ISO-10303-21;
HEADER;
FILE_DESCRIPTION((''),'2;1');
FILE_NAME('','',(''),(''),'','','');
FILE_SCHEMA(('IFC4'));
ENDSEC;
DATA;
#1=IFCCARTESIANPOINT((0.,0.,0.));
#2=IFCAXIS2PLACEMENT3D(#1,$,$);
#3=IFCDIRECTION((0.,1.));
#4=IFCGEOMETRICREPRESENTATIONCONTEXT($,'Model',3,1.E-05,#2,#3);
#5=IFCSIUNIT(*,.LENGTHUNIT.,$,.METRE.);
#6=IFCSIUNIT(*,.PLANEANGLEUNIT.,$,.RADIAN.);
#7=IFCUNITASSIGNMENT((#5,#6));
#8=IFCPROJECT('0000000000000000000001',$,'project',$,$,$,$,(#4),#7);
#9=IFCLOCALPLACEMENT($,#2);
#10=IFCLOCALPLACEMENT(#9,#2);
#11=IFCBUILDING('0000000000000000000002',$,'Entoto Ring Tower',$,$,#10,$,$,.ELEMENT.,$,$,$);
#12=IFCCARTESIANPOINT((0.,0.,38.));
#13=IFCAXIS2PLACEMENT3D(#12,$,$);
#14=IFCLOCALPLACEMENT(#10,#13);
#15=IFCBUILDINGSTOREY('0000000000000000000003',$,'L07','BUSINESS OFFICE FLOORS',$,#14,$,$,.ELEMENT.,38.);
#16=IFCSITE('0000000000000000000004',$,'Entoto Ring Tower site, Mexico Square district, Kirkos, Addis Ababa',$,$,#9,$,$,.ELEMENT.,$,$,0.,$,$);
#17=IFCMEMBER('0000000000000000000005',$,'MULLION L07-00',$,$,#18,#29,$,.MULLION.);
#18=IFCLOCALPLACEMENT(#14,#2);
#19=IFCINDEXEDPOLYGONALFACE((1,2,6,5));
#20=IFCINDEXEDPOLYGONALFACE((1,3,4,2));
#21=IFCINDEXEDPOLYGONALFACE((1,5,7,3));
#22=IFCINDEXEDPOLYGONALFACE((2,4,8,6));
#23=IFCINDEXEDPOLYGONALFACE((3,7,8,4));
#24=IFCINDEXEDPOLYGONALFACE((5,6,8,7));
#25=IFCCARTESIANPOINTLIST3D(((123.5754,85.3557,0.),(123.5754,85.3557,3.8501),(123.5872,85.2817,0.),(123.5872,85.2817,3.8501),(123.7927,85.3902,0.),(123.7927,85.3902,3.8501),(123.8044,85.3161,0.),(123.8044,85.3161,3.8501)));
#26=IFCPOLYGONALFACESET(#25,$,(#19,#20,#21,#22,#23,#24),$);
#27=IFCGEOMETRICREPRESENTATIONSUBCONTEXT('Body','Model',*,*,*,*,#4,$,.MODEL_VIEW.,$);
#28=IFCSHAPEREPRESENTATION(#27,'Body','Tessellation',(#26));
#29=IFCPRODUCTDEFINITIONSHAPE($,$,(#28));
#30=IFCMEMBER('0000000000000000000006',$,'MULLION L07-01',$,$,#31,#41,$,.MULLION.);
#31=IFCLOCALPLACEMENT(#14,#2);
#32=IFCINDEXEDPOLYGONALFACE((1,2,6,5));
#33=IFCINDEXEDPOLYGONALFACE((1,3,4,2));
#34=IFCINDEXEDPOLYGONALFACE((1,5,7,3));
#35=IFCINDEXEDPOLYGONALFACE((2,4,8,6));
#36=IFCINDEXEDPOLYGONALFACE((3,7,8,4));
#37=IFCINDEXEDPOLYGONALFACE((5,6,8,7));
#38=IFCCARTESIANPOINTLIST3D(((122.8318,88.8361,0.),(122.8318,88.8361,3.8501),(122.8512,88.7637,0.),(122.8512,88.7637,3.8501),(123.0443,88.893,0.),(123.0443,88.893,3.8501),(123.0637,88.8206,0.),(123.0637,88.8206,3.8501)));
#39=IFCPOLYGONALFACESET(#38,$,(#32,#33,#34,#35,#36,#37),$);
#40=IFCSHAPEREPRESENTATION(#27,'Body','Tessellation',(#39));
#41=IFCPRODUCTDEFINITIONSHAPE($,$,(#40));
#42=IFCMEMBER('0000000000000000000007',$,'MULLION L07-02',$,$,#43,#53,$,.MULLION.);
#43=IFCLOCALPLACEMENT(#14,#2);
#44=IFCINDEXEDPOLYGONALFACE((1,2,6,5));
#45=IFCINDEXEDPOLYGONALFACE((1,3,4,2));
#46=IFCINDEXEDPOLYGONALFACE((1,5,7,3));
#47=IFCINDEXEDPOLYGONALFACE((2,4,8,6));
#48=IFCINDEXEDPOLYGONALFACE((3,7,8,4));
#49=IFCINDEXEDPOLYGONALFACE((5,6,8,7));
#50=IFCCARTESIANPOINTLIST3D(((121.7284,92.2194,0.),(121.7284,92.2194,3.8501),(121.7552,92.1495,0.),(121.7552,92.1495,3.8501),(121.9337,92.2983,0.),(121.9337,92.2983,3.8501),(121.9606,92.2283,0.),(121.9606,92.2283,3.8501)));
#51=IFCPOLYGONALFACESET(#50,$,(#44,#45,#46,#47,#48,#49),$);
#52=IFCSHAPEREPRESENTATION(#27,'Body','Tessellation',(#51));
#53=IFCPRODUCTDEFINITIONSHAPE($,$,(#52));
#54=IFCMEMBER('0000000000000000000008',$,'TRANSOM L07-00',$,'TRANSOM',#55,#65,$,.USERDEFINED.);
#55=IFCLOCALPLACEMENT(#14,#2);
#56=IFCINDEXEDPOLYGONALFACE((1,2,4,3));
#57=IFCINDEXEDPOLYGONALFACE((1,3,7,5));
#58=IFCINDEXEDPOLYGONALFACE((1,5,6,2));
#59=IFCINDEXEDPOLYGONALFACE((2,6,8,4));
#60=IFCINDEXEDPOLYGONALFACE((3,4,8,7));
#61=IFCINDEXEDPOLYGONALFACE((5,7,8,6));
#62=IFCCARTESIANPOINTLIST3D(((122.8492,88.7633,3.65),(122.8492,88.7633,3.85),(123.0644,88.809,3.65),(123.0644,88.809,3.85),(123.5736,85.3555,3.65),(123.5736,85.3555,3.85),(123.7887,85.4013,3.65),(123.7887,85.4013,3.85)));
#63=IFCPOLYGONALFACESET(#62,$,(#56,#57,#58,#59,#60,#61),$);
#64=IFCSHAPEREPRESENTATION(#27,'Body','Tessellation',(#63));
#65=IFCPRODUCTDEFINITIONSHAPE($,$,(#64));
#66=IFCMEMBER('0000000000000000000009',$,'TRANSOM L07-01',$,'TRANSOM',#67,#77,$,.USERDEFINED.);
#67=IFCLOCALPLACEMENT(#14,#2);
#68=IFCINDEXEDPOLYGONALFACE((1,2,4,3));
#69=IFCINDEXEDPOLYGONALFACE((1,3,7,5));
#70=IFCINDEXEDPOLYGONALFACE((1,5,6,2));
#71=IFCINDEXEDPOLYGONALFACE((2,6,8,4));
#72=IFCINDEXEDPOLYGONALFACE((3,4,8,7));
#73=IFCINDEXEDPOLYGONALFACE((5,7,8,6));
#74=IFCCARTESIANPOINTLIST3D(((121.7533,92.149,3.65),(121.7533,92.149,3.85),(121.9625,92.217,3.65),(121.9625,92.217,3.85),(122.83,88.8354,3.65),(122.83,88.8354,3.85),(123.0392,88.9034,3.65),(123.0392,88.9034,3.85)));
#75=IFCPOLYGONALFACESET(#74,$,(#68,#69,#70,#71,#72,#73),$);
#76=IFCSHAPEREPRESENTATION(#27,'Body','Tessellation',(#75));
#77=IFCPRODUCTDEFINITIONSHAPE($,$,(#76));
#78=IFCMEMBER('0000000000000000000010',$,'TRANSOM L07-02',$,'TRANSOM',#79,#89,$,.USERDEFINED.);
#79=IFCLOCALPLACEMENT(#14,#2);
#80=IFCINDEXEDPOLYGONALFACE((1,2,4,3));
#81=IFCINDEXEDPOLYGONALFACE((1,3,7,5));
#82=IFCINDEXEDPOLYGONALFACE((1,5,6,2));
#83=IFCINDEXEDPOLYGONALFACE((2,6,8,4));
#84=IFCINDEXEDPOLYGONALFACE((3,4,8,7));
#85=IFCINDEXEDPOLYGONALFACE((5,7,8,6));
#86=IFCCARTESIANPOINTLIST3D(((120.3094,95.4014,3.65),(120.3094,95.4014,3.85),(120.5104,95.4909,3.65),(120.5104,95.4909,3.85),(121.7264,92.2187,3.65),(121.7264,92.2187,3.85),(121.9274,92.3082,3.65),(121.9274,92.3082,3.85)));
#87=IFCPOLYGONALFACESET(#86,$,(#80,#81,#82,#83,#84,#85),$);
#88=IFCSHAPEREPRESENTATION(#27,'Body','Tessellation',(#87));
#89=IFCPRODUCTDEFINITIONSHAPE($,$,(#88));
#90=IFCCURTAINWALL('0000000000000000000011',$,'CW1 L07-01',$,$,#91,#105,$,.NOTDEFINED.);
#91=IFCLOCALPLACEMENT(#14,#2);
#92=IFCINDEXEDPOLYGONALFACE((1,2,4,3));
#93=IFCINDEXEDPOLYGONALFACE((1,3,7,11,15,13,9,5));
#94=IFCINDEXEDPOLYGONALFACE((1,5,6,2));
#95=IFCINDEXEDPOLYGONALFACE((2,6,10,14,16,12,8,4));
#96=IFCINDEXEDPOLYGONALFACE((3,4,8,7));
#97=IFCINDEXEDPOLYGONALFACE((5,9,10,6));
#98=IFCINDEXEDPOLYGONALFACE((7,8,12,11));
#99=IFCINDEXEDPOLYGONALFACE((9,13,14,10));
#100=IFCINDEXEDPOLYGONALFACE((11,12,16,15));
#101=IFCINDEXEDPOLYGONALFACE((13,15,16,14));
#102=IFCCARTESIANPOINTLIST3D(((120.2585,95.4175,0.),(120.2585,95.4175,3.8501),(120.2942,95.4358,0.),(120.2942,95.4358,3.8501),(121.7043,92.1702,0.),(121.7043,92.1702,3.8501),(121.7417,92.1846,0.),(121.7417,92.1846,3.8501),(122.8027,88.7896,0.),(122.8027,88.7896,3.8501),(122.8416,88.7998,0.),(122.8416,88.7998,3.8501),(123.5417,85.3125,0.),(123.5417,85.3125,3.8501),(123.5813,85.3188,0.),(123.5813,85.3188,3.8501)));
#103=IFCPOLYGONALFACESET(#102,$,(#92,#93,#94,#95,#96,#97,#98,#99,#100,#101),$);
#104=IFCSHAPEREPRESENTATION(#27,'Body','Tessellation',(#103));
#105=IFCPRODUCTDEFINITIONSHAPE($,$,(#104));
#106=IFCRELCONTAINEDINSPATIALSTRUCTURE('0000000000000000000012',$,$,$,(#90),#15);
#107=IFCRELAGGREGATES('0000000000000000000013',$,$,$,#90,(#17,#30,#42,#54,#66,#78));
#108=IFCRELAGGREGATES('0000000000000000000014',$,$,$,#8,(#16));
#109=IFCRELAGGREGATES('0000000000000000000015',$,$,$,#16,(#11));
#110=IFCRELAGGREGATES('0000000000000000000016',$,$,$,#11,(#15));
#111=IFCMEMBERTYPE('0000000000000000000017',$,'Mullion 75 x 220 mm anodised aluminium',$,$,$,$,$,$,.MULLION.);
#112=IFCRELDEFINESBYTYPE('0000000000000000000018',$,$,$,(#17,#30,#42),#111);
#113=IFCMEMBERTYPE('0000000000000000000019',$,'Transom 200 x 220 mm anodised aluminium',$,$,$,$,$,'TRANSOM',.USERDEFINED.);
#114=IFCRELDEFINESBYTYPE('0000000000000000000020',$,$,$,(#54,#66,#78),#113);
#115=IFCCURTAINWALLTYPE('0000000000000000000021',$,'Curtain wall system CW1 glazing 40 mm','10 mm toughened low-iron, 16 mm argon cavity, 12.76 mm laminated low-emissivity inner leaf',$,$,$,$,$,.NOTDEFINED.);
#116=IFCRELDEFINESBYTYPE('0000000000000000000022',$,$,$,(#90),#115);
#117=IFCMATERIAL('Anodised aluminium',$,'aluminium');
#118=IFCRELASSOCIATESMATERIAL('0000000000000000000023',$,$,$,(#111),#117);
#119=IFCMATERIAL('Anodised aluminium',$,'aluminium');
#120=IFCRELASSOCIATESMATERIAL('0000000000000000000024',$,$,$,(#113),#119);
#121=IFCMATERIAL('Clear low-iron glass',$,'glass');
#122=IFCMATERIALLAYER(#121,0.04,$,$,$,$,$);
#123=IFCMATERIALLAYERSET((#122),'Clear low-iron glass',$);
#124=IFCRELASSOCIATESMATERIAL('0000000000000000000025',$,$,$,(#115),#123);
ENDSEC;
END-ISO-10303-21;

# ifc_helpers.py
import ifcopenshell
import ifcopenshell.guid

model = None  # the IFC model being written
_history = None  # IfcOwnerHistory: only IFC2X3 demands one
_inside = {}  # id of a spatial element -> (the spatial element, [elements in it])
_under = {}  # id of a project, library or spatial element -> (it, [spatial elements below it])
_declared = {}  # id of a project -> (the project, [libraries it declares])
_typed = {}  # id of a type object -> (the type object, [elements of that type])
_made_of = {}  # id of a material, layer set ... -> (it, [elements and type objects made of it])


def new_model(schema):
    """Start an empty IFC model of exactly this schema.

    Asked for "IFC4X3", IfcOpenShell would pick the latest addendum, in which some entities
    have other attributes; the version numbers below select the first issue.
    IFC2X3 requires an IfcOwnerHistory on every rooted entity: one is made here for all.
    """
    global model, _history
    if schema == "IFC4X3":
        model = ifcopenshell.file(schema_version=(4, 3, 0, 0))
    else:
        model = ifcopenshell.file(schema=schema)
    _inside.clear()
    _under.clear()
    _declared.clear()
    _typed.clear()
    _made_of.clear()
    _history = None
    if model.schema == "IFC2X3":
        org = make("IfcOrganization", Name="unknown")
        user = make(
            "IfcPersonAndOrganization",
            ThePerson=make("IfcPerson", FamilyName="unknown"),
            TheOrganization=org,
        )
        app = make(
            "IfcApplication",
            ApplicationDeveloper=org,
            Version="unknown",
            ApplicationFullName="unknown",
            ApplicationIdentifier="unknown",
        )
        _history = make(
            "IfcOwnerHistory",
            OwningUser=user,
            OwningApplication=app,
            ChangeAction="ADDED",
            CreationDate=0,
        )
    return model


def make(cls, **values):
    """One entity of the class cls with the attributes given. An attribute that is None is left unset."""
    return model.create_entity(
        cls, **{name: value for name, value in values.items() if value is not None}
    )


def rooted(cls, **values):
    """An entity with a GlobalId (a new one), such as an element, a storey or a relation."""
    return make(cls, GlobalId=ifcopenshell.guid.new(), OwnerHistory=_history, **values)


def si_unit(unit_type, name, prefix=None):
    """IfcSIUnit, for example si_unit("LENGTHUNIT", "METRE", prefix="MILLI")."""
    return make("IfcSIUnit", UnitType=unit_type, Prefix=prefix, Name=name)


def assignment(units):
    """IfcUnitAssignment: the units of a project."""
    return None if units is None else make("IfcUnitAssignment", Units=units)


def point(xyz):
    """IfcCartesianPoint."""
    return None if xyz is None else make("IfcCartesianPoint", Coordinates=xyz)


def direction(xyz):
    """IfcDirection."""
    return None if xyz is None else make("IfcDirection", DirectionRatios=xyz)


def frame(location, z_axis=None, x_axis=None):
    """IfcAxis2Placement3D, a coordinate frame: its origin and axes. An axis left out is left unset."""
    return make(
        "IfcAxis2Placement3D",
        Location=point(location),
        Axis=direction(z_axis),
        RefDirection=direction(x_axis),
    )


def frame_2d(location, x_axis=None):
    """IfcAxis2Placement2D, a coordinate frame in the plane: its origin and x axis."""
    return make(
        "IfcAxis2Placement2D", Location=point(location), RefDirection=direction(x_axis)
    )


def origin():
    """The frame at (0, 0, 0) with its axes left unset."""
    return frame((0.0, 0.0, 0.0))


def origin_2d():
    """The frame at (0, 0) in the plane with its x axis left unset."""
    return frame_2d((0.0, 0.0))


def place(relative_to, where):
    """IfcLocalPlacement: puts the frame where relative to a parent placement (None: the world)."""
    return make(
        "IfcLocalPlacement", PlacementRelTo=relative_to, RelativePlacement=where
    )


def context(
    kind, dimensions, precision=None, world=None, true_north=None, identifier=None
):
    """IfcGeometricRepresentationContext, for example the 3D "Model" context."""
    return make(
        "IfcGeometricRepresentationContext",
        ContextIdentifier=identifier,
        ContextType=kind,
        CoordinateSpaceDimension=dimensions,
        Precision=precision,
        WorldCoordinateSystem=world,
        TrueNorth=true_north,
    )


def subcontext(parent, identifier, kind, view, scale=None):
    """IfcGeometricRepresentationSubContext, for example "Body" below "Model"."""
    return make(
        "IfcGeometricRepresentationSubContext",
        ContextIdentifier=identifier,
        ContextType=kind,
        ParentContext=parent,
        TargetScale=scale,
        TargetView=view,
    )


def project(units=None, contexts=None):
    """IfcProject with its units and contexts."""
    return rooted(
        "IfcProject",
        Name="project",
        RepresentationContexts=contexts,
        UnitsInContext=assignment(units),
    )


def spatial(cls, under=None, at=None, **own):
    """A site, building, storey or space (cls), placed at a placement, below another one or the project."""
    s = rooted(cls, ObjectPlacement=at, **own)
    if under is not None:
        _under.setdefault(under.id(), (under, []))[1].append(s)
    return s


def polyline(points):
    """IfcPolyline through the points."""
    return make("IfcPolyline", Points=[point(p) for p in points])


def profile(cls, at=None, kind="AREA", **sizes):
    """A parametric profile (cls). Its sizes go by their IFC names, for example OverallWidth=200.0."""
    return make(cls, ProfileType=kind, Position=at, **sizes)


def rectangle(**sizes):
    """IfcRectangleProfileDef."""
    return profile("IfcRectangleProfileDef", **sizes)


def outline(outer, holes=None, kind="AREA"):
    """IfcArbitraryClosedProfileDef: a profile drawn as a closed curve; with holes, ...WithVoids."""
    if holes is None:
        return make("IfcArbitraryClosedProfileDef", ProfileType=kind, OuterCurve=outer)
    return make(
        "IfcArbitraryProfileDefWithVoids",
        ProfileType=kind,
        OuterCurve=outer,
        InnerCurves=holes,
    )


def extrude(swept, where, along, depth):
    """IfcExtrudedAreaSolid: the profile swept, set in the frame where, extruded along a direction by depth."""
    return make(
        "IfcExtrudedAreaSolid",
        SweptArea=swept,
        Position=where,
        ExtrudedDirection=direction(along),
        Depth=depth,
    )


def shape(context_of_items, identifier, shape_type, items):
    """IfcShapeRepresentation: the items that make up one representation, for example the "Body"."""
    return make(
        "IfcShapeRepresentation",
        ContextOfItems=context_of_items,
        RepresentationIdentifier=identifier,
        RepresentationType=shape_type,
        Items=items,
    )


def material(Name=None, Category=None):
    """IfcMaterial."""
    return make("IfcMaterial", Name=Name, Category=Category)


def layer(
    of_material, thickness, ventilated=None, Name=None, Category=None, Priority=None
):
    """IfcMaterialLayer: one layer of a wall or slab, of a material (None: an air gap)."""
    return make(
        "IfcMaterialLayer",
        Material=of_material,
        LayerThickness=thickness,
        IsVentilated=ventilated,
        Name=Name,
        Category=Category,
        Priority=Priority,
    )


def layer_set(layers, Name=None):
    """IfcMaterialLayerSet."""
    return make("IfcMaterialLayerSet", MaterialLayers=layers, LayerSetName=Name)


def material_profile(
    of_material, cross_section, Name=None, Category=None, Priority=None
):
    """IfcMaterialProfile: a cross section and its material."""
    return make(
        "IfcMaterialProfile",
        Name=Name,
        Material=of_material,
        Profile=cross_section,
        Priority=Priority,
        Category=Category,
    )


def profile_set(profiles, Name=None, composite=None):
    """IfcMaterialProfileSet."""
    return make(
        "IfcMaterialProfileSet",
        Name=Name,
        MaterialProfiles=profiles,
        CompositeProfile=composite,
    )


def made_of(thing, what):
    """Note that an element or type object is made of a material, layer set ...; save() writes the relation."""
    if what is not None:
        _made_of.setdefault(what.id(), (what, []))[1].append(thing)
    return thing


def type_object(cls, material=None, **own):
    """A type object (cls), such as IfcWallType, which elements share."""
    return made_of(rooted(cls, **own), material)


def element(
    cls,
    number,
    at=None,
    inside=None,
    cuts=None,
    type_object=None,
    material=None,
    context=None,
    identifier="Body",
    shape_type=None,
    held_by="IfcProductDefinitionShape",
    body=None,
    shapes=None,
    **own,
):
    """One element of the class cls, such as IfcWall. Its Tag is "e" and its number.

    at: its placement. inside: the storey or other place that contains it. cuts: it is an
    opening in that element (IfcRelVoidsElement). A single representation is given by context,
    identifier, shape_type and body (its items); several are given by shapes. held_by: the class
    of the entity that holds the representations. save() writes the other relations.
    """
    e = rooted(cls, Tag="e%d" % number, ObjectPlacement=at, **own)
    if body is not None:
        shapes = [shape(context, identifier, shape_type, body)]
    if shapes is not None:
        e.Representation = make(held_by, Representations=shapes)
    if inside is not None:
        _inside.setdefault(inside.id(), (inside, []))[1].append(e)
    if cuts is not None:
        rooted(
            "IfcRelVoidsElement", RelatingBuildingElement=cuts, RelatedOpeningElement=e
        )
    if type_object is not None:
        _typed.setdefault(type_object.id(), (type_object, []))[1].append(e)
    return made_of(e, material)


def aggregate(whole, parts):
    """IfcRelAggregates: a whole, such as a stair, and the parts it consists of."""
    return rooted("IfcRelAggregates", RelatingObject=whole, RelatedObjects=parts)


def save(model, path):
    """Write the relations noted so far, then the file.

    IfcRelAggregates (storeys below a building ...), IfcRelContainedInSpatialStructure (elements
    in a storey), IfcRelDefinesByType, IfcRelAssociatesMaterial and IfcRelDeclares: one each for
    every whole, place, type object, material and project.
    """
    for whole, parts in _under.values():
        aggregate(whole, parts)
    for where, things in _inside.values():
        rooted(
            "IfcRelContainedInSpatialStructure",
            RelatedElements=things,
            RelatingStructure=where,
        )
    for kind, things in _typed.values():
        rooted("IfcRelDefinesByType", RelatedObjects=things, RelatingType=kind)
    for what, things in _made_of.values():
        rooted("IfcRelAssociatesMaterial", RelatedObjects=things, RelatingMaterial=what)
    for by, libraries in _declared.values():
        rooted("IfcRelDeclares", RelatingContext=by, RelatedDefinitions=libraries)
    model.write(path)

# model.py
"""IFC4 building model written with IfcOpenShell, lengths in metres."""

from ifc_helpers import new_model, si_unit, direction, frame, origin, origin_2d, place, context, subcontext, project, spatial, polyline, rectangle, outline, extrude, material, layer, layer_set, material_profile, profile_set, type_object, element, aggregate, save


model = new_model("IFC4")

# Units and contexts
model_context = context("Model", 3, precision=1e-05, world=origin(), true_north=direction((0.0, 1.0)))
body_context = subcontext(model_context, "Body", "Model", "MODEL_VIEW")
ifc_project = project(units=[si_unit("LENGTHUNIT", "METRE"), si_unit("PLANEANGLEUNIT", "RADIAN")], contexts=[model_context])

# Members
ifc_material_1 = material(Name="Anodised aluminium", Category="aluminium")
ifc_material_profile_1 = material_profile(ifc_material_1, rectangle(XDim=0.075, YDim=0.22, at=origin_2d()), Name="Mullion 75 x 220 mm anodised aluminium")
ifc_profile_set_1 = profile_set([ifc_material_profile_1], Name="Anodised aluminium")
member_type_1 = type_object("IfcMemberType", Name="Mullion 75 x 220 mm anodised aluminium", PredefinedType="MULLION", material=ifc_profile_set_1)
site_placement = place(None, origin())
building_placement = place(site_placement, origin())
storey_placement = place(building_placement, frame((0.0, 0.0, 38.0)))
member_1_placement = place(storey_placement, frame((123.6899, 85.3359, 0.0), z_axis=(0.0, 0.0, 1.0), x_axis=(-0.156434, 0.987688, 0.0)))
member_1 = element("IfcMember", 1, at=member_1_placement, type_object=member_type_1, Name="MULLION L07-00", PredefinedType="MULLION", context=body_context, shape_type="SweptSolid", body=[
    extrude(rectangle(XDim=0.075, YDim=0.22, at=origin_2d()), origin(), (0.0, 0.0, 1.0), 3.8501),
])
member_2_placement = place(storey_placement, frame((122.9478, 88.8284, 0.0), z_axis=(0.0, 0.0, 1.0), x_axis=(-0.258819, 0.965926, 0.0)))
member_2 = element("IfcMember", 2, at=member_2_placement, type_object=member_type_1, Name="MULLION L07-01", PredefinedType="MULLION", context=body_context, shape_type="SweptSolid", body=[
    extrude(rectangle(XDim=0.075, YDim=0.22, at=origin_2d()), origin(), (0.0, 0.0, 1.0), 3.8501),
])
member_3_placement = place(storey_placement, frame((121.8445, 92.2239, 0.0), z_axis=(0.0, 0.0, 1.0), x_axis=(-0.358368, 0.93358, 0.0)))
member_3 = element("IfcMember", 3, at=member_3_placement, type_object=member_type_1, Name="MULLION L07-02", PredefinedType="MULLION", context=body_context, shape_type="SweptSolid", body=[
    extrude(rectangle(XDim=0.075, YDim=0.22, at=origin_2d()), origin(), (0.0, 0.0, 1.0), 3.8501),
])
ifc_material_2 = material(Name="Anodised aluminium", Category="aluminium")
ifc_material_profile_2 = material_profile(ifc_material_2, rectangle(XDim=0.22, YDim=0.2, at=origin_2d()), Name="Transom 200 x 220 mm anodised aluminium")
ifc_profile_set_2 = profile_set([ifc_material_profile_2], Name="Anodised aluminium")
member_type_2 = type_object("IfcMemberType", Name="Transom 200 x 220 mm anodised aluminium", ElementType="TRANSOM", PredefinedType="USERDEFINED", material=ifc_profile_set_2)
member_4_placement = place(storey_placement, frame((123.6812, 85.3784, 3.75), z_axis=(-0.207921, 0.978146, 0.0), x_axis=(-0.978146, -0.207921, 0.0)))
member_4 = element("IfcMember", 4, at=member_4_placement, type_object=member_type_2, Name="TRANSOM L07-00", ObjectType="TRANSOM", PredefinedType="USERDEFINED", context=body_context, shape_type="SweptSolid", body=[
    extrude(rectangle(XDim=0.22, YDim=0.2, at=origin_2d()), origin(), (0.0, 0.0, 1.0), 3.4839),
])
member_5_placement = place(storey_placement, frame((122.9346, 88.8694, 3.75), z_axis=(-0.309029, 0.951053, 0.0), x_axis=(-0.951053, -0.309029, 0.0)))
member_5 = element("IfcMember", 5, at=member_5_placement, type_object=member_type_2, Name="TRANSOM L07-01", ObjectType="TRANSOM", PredefinedType="USERDEFINED", context=body_context, shape_type="SweptSolid", body=[
    extrude(rectangle(XDim=0.22, YDim=0.2, at=origin_2d()), origin(), (0.0, 0.0, 1.0), 3.4841),
])
member_6_placement = place(storey_placement, frame((121.8269, 92.2634, 3.75), z_axis=(-0.406737, 0.913545, 0.0), x_axis=(-0.913545, -0.406737, 0.0)))
member_6 = element("IfcMember", 6, at=member_6_placement, type_object=member_type_2, Name="TRANSOM L07-02", ObjectType="TRANSOM", PredefinedType="USERDEFINED", context=body_context, shape_type="SweptSolid", body=[
    extrude(rectangle(XDim=0.22, YDim=0.2, at=origin_2d()), origin(), (0.0, 0.0, 1.0), 3.4839),
])

# Site, building, storey
site = spatial("IfcSite", under=ifc_project, at=site_placement, Name="Entoto Ring Tower site, Mexico Square district, Kirkos, Addis Ababa", CompositionType="ELEMENT", RefElevation=0.0)
building = spatial("IfcBuilding", under=site, at=building_placement, Name="Entoto Ring Tower", CompositionType="ELEMENT")
storey = spatial("IfcBuildingStorey", under=building, at=storey_placement, Name="L07", Description="BUSINESS OFFICE FLOORS", CompositionType="ELEMENT", Elevation=38.0)

# Curtain wall
ifc_material_3 = material(Name="Clear low-iron glass", Category="glass")
ifc_layer_1 = layer(ifc_material_3, 0.04)
ifc_layer_set_1 = layer_set([ifc_layer_1], Name="Clear low-iron glass")
curtain_wall_type = type_object("IfcCurtainWallType", Name="Curtain wall system CW1 glazing 40 mm", Description="10 mm toughened low-iron, 16 mm argon cavity, 12.76 mm laminated low-emissivity inner leaf", PredefinedType="NOTDEFINED", material=ifc_layer_set_1)
curtain_wall_1_placement = place(storey_placement, origin())
curtain_wall_1 = element("IfcCurtainWall", 7, at=curtain_wall_1_placement, inside=storey, type_object=curtain_wall_type, Name="CW1 L07-01", PredefinedType="NOTDEFINED", context=body_context, shape_type="SweptSolid", body=[
    extrude(outline(polyline([(123.5813, 85.3188), (122.8416, 88.7998), (121.7417, 92.1846), (120.2942, 95.4358), (120.2585, 95.4175), (121.7043, 92.1702), (122.8027, 88.7896), (123.5417, 85.3125), (123.5813, 85.3188)])), origin(), (0.0, 0.0, 1.0), 3.8501),
])
aggregate(curtain_wall_1, [member_1, member_2, member_3, member_4, member_5, member_6])

save(model, "model.ifc")
